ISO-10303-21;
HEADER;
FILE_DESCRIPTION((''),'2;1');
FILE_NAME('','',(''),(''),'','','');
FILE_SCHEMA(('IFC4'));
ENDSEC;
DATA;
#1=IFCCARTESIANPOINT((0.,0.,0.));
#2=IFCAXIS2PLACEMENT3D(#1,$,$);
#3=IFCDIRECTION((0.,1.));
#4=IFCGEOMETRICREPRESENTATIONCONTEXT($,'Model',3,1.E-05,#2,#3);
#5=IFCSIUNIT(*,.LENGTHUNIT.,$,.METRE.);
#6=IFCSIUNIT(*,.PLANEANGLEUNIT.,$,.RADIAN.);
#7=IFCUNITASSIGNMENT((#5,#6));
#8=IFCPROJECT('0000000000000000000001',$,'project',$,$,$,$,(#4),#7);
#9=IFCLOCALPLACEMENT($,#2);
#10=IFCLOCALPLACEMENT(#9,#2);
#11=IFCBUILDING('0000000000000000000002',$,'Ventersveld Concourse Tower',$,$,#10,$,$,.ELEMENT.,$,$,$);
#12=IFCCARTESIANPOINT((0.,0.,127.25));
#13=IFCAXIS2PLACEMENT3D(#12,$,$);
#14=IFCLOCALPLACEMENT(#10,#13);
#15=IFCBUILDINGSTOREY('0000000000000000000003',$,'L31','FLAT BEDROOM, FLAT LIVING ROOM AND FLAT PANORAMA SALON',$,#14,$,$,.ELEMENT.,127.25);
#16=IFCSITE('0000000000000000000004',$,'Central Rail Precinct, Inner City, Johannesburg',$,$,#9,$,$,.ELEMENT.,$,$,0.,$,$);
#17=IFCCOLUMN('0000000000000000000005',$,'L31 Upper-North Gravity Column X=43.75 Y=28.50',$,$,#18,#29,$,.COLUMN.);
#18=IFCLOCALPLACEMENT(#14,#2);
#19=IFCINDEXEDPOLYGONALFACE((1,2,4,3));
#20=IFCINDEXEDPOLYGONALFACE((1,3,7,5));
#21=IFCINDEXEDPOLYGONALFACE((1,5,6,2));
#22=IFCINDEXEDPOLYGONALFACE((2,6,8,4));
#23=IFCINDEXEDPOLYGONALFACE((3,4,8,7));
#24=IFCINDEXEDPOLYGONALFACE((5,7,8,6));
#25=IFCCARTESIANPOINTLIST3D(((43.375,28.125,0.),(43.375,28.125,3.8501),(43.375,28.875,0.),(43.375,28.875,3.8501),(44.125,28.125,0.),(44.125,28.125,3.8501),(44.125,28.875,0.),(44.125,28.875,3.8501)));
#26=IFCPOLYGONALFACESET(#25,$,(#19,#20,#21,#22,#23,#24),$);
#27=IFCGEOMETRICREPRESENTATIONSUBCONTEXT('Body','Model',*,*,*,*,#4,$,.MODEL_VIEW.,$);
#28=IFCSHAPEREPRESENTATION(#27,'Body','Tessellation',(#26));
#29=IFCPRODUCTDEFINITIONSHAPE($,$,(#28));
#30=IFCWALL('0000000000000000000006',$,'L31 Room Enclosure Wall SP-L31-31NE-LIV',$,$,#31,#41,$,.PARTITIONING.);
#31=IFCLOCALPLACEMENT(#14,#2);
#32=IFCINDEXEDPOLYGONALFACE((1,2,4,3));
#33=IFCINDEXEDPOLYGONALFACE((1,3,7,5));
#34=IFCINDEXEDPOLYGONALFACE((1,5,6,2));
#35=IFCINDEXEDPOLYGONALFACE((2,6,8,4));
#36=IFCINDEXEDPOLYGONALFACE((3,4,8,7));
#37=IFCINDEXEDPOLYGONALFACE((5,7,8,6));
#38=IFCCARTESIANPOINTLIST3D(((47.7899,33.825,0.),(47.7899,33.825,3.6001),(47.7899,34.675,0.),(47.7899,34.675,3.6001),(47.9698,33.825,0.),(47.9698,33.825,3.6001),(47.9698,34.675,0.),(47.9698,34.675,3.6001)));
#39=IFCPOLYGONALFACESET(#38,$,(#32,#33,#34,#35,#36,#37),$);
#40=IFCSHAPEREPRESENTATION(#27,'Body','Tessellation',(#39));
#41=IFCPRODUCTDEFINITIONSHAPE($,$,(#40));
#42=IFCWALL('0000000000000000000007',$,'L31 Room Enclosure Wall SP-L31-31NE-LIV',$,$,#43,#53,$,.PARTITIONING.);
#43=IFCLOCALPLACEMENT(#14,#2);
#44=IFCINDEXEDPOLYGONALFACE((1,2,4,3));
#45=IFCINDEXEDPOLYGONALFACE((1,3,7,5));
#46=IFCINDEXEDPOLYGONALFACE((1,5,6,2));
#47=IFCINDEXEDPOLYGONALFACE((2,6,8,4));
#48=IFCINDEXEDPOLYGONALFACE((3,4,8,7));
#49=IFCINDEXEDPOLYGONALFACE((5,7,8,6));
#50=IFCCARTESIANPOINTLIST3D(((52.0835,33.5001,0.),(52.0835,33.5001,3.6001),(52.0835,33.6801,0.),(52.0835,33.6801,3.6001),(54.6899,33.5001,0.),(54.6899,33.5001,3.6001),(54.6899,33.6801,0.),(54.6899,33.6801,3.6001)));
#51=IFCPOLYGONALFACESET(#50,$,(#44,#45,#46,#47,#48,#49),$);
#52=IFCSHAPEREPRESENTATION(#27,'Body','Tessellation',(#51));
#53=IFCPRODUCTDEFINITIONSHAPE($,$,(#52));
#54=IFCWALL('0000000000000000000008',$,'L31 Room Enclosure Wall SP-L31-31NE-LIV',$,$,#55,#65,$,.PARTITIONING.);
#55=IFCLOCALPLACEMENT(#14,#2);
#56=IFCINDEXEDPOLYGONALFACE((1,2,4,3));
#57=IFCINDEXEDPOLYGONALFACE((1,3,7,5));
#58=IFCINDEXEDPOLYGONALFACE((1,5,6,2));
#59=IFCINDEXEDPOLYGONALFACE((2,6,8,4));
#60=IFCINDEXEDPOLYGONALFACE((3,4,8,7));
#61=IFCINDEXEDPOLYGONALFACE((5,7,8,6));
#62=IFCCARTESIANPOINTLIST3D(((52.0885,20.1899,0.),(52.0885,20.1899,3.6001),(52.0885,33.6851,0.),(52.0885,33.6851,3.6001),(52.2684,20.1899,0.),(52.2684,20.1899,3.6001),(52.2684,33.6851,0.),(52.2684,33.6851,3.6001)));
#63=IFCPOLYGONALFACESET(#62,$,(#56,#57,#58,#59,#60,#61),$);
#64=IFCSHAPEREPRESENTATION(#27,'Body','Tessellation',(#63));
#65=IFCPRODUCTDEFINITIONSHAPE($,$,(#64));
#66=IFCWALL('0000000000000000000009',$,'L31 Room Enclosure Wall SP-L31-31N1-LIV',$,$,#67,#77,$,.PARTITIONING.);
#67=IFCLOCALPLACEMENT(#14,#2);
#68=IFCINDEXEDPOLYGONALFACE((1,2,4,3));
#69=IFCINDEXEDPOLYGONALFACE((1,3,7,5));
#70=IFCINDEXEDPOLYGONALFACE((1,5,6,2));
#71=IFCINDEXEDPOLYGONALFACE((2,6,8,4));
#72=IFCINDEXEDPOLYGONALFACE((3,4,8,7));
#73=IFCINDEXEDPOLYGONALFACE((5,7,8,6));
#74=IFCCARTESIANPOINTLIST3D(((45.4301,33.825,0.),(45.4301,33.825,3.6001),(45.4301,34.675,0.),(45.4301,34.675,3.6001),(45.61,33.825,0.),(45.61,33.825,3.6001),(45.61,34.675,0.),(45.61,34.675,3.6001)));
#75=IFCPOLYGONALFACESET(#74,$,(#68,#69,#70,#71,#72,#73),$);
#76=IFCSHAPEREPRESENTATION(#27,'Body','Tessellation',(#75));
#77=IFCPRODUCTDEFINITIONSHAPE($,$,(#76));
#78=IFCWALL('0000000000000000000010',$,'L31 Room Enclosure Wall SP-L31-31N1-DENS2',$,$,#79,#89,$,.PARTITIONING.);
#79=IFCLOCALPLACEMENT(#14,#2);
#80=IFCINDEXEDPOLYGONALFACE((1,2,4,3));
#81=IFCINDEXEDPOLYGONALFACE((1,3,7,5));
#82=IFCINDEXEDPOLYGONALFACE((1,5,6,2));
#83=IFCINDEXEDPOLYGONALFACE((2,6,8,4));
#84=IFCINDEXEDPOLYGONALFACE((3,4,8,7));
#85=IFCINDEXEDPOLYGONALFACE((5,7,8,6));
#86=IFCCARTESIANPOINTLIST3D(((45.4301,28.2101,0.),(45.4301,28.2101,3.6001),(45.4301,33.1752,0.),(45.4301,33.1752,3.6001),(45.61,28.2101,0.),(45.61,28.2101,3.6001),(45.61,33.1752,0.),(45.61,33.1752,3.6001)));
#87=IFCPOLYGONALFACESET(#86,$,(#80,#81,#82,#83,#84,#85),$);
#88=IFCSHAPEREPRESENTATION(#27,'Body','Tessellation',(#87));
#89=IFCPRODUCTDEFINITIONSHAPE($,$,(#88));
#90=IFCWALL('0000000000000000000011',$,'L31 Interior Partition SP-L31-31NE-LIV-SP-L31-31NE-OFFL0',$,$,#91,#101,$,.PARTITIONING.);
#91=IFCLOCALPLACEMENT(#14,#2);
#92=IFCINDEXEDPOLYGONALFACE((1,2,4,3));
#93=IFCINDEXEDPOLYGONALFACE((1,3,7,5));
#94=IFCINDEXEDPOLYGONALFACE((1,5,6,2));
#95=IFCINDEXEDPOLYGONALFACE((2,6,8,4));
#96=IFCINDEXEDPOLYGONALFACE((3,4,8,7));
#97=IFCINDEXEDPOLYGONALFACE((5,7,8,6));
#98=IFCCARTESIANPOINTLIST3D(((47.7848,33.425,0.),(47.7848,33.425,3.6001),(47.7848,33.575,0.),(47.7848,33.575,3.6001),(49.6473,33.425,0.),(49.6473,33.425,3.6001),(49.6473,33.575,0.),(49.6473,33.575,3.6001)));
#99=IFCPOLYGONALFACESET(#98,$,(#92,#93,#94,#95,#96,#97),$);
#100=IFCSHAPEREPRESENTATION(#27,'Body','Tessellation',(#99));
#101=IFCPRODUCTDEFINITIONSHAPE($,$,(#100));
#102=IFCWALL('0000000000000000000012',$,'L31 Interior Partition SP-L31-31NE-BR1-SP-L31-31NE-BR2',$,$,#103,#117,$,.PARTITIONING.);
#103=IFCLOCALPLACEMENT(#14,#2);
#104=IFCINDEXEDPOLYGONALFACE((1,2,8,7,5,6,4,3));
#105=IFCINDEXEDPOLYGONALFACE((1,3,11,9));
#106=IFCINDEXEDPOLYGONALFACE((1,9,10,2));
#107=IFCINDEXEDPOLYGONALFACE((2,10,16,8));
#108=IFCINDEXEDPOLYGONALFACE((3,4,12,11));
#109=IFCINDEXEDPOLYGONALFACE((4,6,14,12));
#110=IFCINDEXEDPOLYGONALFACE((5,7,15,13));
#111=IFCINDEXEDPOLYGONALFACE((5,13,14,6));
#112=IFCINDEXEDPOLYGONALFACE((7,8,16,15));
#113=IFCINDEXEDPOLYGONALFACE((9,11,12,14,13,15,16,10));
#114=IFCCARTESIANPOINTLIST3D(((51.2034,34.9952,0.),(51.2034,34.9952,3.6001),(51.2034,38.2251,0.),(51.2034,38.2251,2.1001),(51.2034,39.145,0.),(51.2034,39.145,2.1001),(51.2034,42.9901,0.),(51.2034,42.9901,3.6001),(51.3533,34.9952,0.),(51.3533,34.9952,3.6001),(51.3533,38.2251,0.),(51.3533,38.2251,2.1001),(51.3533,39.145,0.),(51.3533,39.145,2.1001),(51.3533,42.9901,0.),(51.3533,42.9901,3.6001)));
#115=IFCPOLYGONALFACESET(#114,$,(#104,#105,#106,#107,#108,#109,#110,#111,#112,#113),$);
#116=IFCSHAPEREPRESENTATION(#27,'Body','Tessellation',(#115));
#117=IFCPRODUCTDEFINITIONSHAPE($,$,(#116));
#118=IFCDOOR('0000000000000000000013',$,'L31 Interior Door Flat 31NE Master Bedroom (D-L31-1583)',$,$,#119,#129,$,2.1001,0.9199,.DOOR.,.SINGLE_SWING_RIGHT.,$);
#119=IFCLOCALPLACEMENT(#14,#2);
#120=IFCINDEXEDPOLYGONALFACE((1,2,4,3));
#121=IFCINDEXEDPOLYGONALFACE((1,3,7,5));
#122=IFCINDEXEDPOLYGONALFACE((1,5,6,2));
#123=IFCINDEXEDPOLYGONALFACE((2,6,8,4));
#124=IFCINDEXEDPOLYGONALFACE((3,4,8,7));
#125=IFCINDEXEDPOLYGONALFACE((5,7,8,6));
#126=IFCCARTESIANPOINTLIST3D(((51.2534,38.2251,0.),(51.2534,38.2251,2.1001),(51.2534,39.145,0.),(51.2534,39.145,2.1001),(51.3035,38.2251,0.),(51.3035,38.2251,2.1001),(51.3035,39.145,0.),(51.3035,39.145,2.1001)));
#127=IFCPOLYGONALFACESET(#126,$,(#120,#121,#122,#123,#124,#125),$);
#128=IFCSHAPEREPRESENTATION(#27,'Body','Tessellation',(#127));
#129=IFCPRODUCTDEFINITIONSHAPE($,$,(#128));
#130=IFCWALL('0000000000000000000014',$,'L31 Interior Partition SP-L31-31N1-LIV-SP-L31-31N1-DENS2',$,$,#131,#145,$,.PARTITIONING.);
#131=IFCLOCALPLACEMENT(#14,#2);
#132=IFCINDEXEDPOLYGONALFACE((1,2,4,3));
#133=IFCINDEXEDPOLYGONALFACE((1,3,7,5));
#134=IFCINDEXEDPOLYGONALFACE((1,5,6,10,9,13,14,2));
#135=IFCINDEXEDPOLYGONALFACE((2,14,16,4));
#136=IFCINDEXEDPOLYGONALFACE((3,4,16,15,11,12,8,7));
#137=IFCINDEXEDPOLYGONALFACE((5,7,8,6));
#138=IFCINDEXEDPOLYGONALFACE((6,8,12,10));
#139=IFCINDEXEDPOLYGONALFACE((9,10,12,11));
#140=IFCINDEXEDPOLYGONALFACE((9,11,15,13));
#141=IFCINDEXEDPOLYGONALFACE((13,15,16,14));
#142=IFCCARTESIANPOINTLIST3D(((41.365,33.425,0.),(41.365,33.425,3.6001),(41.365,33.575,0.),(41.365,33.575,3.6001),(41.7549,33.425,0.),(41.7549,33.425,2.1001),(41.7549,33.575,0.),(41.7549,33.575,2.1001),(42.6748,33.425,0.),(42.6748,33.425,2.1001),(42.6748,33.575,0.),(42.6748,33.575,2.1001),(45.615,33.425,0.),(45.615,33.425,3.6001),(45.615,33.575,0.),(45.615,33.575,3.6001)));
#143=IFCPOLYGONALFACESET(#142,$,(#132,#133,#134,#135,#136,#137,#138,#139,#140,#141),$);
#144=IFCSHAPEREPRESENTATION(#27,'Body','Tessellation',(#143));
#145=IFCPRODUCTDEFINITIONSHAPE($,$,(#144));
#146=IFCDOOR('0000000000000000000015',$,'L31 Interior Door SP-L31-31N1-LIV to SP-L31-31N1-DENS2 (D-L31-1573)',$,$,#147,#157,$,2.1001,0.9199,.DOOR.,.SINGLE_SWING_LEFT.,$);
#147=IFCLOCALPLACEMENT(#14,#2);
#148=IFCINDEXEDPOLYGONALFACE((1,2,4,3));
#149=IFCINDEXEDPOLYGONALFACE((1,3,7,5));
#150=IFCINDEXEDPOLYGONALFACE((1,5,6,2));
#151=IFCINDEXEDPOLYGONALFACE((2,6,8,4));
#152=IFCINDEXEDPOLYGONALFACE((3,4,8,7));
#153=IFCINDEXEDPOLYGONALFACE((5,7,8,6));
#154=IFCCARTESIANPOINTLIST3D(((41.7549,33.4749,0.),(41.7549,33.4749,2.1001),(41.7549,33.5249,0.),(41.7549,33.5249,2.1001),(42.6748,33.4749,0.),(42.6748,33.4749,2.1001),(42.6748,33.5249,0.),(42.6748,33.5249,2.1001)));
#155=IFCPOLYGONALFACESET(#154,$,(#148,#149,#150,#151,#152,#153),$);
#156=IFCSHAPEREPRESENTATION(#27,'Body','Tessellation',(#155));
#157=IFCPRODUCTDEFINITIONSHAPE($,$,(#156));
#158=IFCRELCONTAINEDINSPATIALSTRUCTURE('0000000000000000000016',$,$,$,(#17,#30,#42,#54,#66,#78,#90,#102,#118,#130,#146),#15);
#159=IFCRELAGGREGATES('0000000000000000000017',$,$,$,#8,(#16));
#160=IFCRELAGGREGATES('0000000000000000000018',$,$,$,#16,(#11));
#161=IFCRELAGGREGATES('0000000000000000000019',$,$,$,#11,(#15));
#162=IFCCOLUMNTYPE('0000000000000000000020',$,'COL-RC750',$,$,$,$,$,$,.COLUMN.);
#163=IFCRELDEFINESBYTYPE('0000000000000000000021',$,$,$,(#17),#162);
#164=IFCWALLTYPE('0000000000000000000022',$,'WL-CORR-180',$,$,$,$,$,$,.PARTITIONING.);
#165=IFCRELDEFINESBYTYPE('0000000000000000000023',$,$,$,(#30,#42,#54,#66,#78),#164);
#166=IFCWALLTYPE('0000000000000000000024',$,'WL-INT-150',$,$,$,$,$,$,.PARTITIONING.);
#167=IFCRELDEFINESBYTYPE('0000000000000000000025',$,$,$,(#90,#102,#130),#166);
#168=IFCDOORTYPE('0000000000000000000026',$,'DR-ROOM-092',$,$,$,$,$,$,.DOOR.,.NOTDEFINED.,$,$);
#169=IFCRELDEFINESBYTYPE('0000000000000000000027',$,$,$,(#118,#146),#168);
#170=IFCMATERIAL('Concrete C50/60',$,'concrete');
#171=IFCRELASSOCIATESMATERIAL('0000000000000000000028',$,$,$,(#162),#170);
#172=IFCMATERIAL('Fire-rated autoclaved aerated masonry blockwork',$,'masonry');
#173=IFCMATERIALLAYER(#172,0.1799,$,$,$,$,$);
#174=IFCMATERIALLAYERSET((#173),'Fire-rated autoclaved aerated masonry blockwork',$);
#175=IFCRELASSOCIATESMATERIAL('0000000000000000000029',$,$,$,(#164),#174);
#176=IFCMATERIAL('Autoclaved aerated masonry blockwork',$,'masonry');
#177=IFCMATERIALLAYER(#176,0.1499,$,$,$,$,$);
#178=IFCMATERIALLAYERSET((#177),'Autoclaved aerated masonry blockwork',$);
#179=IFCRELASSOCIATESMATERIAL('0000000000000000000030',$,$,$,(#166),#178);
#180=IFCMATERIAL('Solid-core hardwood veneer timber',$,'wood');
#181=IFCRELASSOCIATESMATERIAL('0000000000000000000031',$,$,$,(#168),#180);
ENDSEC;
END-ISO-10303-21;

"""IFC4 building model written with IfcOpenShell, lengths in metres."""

from ifc_helpers import new_model, si_unit, direction, frame, frame_2d, origin, origin_2d, place, context, subcontext, project, spatial, rectangle, extrude, material, layer, layer_set, material_profile, profile_set, type_object, element, fill, save


model = new_model("IFC4")

# Units and contexts
model_context = context("Model", 3, precision=1e-05, world=origin(), true_north=direction((0.0, 1.0)))
body_context = subcontext(model_context, "Body", "Model", "MODEL_VIEW")
ifc_project = project(units=[si_unit("LENGTHUNIT", "METRE"), si_unit("PLANEANGLEUNIT", "RADIAN")], contexts=[model_context])

# Site, building, storey
site_placement = place(None, origin())
site = spatial("IfcSite", under=ifc_project, at=site_placement, Name="Central Rail Precinct, Inner City, Johannesburg", CompositionType="ELEMENT", RefElevation=0.0)
building_placement = place(site_placement, origin())
building = spatial("IfcBuilding", under=site, at=building_placement, Name="Ventersveld Concourse Tower", CompositionType="ELEMENT")
storey_placement = place(building_placement, frame((0.0, 0.0, 127.25)))
storey = spatial("IfcBuildingStorey", under=building, at=storey_placement, Name="L31", Description="FLAT BEDROOM, FLAT LIVING ROOM AND FLAT PANORAMA SALON", CompositionType="ELEMENT", Elevation=127.25)

# Column
ifc_material_1 = material(Name="Concrete C50/60", Category="concrete")
ifc_material_profile = material_profile(ifc_material_1, rectangle(XDim=0.75, YDim=0.75, at=origin_2d()), Name="RC 750x750")
ifc_profile_set = profile_set([ifc_material_profile], Name="Concrete C50/60")
column_type = type_object("IfcColumnType", Name="COL-RC750", PredefinedType="COLUMN", material=ifc_profile_set)
column_placement = place(storey_placement, frame((43.75, 28.5, 0.0), z_axis=(0.0, 0.0, 1.0), x_axis=(1.0, 0.0, 0.0)))
element("IfcColumn", 1, at=column_placement, inside=storey, type_object=column_type, Name="L31 Upper-North Gravity Column X=43.75 Y=28.50", PredefinedType="COLUMN", context=body_context, shape_type="SweptSolid", body=[
    extrude(rectangle(XDim=0.75, YDim=0.75, at=origin_2d()), origin(), (0.0, 0.0, 1.0), 3.8501),
])

# Walls
ifc_material_2 = material(Name="Fire-rated autoclaved aerated masonry blockwork", Category="masonry")
ifc_layer_1 = layer(ifc_material_2, 0.1799)
ifc_layer_set_1 = layer_set([ifc_layer_1], Name="Fire-rated autoclaved aerated masonry blockwork")
wall_type_1 = type_object("IfcWallType", Name="WL-CORR-180", PredefinedType="PARTITIONING", material=ifc_layer_set_1)
wall_1_placement = place(storey_placement, frame((47.8799, 33.825, 0.0), z_axis=(0.0, 0.0, 1.0), x_axis=(0.0, 1.0, 0.0)))
element("IfcWall", 2, at=wall_1_placement, inside=storey, type_object=wall_type_1, Name="L31 Room Enclosure Wall SP-L31-31NE-LIV", PredefinedType="PARTITIONING", context=body_context, shape_type="SweptSolid", body=[
    extrude(rectangle(XDim=0.8501, YDim=0.1799, at=frame_2d((0.425, 0.0))), origin(), (0.0, 0.0, 1.0), 3.6001),
])
wall_2_placement = place(storey_placement, frame((54.6899, 33.5901, 0.0), z_axis=(0.0, 0.0, 1.0), x_axis=(-1.0, 0.0, 0.0)))
element("IfcWall", 3, at=wall_2_placement, inside=storey, type_object=wall_type_1, Name="L31 Room Enclosure Wall SP-L31-31NE-LIV", PredefinedType="PARTITIONING", context=body_context, shape_type="SweptSolid", body=[
    extrude(rectangle(XDim=2.6064, YDim=0.1799, at=frame_2d((1.3032, 0.0))), origin(), (0.0, 0.0, 1.0), 3.6001),
])
wall_3_placement = place(storey_placement, frame((52.1785, 33.6851, 0.0), z_axis=(0.0, 0.0, 1.0), x_axis=(0.0, -1.0, 0.0)))
element("IfcWall", 4, at=wall_3_placement, inside=storey, type_object=wall_type_1, Name="L31 Room Enclosure Wall SP-L31-31NE-LIV", PredefinedType="PARTITIONING", context=body_context, shape_type="SweptSolid", body=[
    extrude(rectangle(XDim=13.4951, YDim=0.1799, at=frame_2d((6.7476, 0.0))), origin(), (0.0, 0.0, 1.0), 3.6001),
])
wall_4_placement = place(storey_placement, frame((45.52, 34.675, 0.0), z_axis=(0.0, 0.0, 1.0), x_axis=(0.0, -1.0, 0.0)))
element("IfcWall", 5, at=wall_4_placement, inside=storey, type_object=wall_type_1, Name="L31 Room Enclosure Wall SP-L31-31N1-LIV", PredefinedType="PARTITIONING", context=body_context, shape_type="SweptSolid", body=[
    extrude(rectangle(XDim=0.8501, YDim=0.1799, at=frame_2d((0.425, 0.0))), origin(), (0.0, 0.0, 1.0), 3.6001),
])
wall_5_placement = place(storey_placement, frame((45.52, 33.175, 0.0), z_axis=(0.0, 0.0, 1.0), x_axis=(0.0, -1.0, 0.0)))
element("IfcWall", 6, at=wall_5_placement, inside=storey, type_object=wall_type_1, Name="L31 Room Enclosure Wall SP-L31-31N1-DENS2", PredefinedType="PARTITIONING", context=body_context, shape_type="SweptSolid", body=[
    extrude(rectangle(XDim=4.9651, YDim=0.1799, at=frame_2d((2.4824, 0.0))), origin(), (0.0, 0.0, 1.0), 3.6001),
])
ifc_material_3 = material(Name="Autoclaved aerated masonry blockwork", Category="masonry")
ifc_layer_2 = layer(ifc_material_3, 0.1499)
ifc_layer_set_2 = layer_set([ifc_layer_2], Name="Autoclaved aerated masonry blockwork")
wall_type_2 = type_object("IfcWallType", Name="WL-INT-150", PredefinedType="PARTITIONING", material=ifc_layer_set_2)
wall_6_placement = place(storey_placement, frame((47.7849, 33.5, 0.0), z_axis=(0.0, 0.0, 1.0), x_axis=(1.0, 0.0, 0.0)))
element("IfcWall", 7, at=wall_6_placement, inside=storey, type_object=wall_type_2, Name="L31 Interior Partition SP-L31-31NE-LIV-SP-L31-31NE-OFFL0", PredefinedType="PARTITIONING", context=body_context, shape_type="SweptSolid", body=[
    extrude(rectangle(XDim=1.8625, YDim=0.1499, at=frame_2d((0.9312, 0.0))), origin(), (0.0, 0.0, 1.0), 3.6001),
])

# Walls, openings, doors
wall_7_placement = place(storey_placement, frame((51.2783, 34.9951, 0.0), z_axis=(0.0, 0.0, 1.0), x_axis=(0.0, 1.0, 0.0)))
wall_7 = element("IfcWall", 8, at=wall_7_placement, inside=storey, type_object=wall_type_2, Name="L31 Interior Partition SP-L31-31NE-BR1-SP-L31-31NE-BR2", PredefinedType="PARTITIONING", context=body_context, shape_type="SweptSolid", body=[
    extrude(rectangle(XDim=7.9949, YDim=0.1499, at=frame_2d((3.9976, 0.0))), origin(), (0.0, 0.0, 1.0), 3.6001),
])
opening_1_placement = place(wall_7_placement, frame((3.23, 0.0, 0.0)))
opening_1 = element("IfcOpeningElement", 9, at=opening_1_placement, cuts=wall_7, PredefinedType="OPENING", context=body_context, shape_type="SweptSolid", body=[
    extrude(rectangle(XDim=0.9199, YDim=2.1001, at=frame_2d((0.46, 1.05))), frame((0.0, 0.085, 0.0), z_axis=(0.0, -1.0, 0.0), x_axis=(1.0, 0.0, 0.0)), (0.0, 0.0, 1.0), 0.1699),
])
ifc_material_4 = material(Name="Solid-core hardwood veneer timber", Category="wood")
door_type = type_object("IfcDoorType", Name="DR-ROOM-092", OperationType="NOTDEFINED", PredefinedType="DOOR", material=ifc_material_4)
door_1_placement = place(opening_1_placement, origin())
door_1 = element("IfcDoor", 10, at=door_1_placement, inside=storey, type_object=door_type, Name="L31 Interior Door Flat 31NE Master Bedroom (D-L31-1583)", OperationType="SINGLE_SWING_RIGHT", OverallHeight=2.1001, OverallWidth=0.9199, PredefinedType="DOOR", context=body_context, shape_type="SweptSolid", body=[
    extrude(rectangle(XDim=0.9199, YDim=2.1001, at=frame_2d((0.46, 1.05))), frame((0.0, 0.0249, 0.0), z_axis=(0.0, -1.0, 0.0), x_axis=(1.0, 0.0, 0.0)), (0.0, 0.0, 1.0), 0.05),
])
fill(opening_1, door_1)
wall_8_placement = place(storey_placement, frame((41.365, 33.5, 0.0), z_axis=(0.0, 0.0, 1.0), x_axis=(1.0, 0.0, 0.0)))
wall_8 = element("IfcWall", 11, at=wall_8_placement, inside=storey, type_object=wall_type_2, Name="L31 Interior Partition SP-L31-31N1-LIV-SP-L31-31N1-DENS2", PredefinedType="PARTITIONING", context=body_context, shape_type="SweptSolid", body=[
    extrude(rectangle(XDim=4.25, YDim=0.1499, at=frame_2d((2.125, 0.0))), origin(), (0.0, 0.0, 1.0), 3.6001),
])
opening_2_placement = place(wall_8_placement, frame((0.3899, 0.0, 0.0)))
opening_2 = element("IfcOpeningElement", 12, at=opening_2_placement, cuts=wall_8, PredefinedType="OPENING", context=body_context, shape_type="SweptSolid", body=[
    extrude(rectangle(XDim=0.9199, YDim=2.1001, at=frame_2d((0.46, 1.05))), frame((0.0, 0.085, 0.0), z_axis=(0.0, -1.0, 0.0), x_axis=(1.0, 0.0, 0.0)), (0.0, 0.0, 1.0), 0.1699),
])
door_2_placement = place(opening_2_placement, origin())
door_2 = element("IfcDoor", 13, at=door_2_placement, inside=storey, type_object=door_type, Name="L31 Interior Door SP-L31-31N1-LIV to SP-L31-31N1-DENS2 (D-L31-1573)", OperationType="SINGLE_SWING_LEFT", OverallHeight=2.1001, OverallWidth=0.9199, PredefinedType="DOOR", context=body_context, shape_type="SweptSolid", body=[
    extrude(rectangle(XDim=0.9199, YDim=2.1001, at=frame_2d((0.46, 1.05))), frame((0.0, 0.0249, 0.0), z_axis=(0.0, -1.0, 0.0), x_axis=(1.0, 0.0, 0.0)), (0.0, 0.0, 1.0), 0.05),
])
fill(opening_2, door_2)

save(model, "model.ifc")
